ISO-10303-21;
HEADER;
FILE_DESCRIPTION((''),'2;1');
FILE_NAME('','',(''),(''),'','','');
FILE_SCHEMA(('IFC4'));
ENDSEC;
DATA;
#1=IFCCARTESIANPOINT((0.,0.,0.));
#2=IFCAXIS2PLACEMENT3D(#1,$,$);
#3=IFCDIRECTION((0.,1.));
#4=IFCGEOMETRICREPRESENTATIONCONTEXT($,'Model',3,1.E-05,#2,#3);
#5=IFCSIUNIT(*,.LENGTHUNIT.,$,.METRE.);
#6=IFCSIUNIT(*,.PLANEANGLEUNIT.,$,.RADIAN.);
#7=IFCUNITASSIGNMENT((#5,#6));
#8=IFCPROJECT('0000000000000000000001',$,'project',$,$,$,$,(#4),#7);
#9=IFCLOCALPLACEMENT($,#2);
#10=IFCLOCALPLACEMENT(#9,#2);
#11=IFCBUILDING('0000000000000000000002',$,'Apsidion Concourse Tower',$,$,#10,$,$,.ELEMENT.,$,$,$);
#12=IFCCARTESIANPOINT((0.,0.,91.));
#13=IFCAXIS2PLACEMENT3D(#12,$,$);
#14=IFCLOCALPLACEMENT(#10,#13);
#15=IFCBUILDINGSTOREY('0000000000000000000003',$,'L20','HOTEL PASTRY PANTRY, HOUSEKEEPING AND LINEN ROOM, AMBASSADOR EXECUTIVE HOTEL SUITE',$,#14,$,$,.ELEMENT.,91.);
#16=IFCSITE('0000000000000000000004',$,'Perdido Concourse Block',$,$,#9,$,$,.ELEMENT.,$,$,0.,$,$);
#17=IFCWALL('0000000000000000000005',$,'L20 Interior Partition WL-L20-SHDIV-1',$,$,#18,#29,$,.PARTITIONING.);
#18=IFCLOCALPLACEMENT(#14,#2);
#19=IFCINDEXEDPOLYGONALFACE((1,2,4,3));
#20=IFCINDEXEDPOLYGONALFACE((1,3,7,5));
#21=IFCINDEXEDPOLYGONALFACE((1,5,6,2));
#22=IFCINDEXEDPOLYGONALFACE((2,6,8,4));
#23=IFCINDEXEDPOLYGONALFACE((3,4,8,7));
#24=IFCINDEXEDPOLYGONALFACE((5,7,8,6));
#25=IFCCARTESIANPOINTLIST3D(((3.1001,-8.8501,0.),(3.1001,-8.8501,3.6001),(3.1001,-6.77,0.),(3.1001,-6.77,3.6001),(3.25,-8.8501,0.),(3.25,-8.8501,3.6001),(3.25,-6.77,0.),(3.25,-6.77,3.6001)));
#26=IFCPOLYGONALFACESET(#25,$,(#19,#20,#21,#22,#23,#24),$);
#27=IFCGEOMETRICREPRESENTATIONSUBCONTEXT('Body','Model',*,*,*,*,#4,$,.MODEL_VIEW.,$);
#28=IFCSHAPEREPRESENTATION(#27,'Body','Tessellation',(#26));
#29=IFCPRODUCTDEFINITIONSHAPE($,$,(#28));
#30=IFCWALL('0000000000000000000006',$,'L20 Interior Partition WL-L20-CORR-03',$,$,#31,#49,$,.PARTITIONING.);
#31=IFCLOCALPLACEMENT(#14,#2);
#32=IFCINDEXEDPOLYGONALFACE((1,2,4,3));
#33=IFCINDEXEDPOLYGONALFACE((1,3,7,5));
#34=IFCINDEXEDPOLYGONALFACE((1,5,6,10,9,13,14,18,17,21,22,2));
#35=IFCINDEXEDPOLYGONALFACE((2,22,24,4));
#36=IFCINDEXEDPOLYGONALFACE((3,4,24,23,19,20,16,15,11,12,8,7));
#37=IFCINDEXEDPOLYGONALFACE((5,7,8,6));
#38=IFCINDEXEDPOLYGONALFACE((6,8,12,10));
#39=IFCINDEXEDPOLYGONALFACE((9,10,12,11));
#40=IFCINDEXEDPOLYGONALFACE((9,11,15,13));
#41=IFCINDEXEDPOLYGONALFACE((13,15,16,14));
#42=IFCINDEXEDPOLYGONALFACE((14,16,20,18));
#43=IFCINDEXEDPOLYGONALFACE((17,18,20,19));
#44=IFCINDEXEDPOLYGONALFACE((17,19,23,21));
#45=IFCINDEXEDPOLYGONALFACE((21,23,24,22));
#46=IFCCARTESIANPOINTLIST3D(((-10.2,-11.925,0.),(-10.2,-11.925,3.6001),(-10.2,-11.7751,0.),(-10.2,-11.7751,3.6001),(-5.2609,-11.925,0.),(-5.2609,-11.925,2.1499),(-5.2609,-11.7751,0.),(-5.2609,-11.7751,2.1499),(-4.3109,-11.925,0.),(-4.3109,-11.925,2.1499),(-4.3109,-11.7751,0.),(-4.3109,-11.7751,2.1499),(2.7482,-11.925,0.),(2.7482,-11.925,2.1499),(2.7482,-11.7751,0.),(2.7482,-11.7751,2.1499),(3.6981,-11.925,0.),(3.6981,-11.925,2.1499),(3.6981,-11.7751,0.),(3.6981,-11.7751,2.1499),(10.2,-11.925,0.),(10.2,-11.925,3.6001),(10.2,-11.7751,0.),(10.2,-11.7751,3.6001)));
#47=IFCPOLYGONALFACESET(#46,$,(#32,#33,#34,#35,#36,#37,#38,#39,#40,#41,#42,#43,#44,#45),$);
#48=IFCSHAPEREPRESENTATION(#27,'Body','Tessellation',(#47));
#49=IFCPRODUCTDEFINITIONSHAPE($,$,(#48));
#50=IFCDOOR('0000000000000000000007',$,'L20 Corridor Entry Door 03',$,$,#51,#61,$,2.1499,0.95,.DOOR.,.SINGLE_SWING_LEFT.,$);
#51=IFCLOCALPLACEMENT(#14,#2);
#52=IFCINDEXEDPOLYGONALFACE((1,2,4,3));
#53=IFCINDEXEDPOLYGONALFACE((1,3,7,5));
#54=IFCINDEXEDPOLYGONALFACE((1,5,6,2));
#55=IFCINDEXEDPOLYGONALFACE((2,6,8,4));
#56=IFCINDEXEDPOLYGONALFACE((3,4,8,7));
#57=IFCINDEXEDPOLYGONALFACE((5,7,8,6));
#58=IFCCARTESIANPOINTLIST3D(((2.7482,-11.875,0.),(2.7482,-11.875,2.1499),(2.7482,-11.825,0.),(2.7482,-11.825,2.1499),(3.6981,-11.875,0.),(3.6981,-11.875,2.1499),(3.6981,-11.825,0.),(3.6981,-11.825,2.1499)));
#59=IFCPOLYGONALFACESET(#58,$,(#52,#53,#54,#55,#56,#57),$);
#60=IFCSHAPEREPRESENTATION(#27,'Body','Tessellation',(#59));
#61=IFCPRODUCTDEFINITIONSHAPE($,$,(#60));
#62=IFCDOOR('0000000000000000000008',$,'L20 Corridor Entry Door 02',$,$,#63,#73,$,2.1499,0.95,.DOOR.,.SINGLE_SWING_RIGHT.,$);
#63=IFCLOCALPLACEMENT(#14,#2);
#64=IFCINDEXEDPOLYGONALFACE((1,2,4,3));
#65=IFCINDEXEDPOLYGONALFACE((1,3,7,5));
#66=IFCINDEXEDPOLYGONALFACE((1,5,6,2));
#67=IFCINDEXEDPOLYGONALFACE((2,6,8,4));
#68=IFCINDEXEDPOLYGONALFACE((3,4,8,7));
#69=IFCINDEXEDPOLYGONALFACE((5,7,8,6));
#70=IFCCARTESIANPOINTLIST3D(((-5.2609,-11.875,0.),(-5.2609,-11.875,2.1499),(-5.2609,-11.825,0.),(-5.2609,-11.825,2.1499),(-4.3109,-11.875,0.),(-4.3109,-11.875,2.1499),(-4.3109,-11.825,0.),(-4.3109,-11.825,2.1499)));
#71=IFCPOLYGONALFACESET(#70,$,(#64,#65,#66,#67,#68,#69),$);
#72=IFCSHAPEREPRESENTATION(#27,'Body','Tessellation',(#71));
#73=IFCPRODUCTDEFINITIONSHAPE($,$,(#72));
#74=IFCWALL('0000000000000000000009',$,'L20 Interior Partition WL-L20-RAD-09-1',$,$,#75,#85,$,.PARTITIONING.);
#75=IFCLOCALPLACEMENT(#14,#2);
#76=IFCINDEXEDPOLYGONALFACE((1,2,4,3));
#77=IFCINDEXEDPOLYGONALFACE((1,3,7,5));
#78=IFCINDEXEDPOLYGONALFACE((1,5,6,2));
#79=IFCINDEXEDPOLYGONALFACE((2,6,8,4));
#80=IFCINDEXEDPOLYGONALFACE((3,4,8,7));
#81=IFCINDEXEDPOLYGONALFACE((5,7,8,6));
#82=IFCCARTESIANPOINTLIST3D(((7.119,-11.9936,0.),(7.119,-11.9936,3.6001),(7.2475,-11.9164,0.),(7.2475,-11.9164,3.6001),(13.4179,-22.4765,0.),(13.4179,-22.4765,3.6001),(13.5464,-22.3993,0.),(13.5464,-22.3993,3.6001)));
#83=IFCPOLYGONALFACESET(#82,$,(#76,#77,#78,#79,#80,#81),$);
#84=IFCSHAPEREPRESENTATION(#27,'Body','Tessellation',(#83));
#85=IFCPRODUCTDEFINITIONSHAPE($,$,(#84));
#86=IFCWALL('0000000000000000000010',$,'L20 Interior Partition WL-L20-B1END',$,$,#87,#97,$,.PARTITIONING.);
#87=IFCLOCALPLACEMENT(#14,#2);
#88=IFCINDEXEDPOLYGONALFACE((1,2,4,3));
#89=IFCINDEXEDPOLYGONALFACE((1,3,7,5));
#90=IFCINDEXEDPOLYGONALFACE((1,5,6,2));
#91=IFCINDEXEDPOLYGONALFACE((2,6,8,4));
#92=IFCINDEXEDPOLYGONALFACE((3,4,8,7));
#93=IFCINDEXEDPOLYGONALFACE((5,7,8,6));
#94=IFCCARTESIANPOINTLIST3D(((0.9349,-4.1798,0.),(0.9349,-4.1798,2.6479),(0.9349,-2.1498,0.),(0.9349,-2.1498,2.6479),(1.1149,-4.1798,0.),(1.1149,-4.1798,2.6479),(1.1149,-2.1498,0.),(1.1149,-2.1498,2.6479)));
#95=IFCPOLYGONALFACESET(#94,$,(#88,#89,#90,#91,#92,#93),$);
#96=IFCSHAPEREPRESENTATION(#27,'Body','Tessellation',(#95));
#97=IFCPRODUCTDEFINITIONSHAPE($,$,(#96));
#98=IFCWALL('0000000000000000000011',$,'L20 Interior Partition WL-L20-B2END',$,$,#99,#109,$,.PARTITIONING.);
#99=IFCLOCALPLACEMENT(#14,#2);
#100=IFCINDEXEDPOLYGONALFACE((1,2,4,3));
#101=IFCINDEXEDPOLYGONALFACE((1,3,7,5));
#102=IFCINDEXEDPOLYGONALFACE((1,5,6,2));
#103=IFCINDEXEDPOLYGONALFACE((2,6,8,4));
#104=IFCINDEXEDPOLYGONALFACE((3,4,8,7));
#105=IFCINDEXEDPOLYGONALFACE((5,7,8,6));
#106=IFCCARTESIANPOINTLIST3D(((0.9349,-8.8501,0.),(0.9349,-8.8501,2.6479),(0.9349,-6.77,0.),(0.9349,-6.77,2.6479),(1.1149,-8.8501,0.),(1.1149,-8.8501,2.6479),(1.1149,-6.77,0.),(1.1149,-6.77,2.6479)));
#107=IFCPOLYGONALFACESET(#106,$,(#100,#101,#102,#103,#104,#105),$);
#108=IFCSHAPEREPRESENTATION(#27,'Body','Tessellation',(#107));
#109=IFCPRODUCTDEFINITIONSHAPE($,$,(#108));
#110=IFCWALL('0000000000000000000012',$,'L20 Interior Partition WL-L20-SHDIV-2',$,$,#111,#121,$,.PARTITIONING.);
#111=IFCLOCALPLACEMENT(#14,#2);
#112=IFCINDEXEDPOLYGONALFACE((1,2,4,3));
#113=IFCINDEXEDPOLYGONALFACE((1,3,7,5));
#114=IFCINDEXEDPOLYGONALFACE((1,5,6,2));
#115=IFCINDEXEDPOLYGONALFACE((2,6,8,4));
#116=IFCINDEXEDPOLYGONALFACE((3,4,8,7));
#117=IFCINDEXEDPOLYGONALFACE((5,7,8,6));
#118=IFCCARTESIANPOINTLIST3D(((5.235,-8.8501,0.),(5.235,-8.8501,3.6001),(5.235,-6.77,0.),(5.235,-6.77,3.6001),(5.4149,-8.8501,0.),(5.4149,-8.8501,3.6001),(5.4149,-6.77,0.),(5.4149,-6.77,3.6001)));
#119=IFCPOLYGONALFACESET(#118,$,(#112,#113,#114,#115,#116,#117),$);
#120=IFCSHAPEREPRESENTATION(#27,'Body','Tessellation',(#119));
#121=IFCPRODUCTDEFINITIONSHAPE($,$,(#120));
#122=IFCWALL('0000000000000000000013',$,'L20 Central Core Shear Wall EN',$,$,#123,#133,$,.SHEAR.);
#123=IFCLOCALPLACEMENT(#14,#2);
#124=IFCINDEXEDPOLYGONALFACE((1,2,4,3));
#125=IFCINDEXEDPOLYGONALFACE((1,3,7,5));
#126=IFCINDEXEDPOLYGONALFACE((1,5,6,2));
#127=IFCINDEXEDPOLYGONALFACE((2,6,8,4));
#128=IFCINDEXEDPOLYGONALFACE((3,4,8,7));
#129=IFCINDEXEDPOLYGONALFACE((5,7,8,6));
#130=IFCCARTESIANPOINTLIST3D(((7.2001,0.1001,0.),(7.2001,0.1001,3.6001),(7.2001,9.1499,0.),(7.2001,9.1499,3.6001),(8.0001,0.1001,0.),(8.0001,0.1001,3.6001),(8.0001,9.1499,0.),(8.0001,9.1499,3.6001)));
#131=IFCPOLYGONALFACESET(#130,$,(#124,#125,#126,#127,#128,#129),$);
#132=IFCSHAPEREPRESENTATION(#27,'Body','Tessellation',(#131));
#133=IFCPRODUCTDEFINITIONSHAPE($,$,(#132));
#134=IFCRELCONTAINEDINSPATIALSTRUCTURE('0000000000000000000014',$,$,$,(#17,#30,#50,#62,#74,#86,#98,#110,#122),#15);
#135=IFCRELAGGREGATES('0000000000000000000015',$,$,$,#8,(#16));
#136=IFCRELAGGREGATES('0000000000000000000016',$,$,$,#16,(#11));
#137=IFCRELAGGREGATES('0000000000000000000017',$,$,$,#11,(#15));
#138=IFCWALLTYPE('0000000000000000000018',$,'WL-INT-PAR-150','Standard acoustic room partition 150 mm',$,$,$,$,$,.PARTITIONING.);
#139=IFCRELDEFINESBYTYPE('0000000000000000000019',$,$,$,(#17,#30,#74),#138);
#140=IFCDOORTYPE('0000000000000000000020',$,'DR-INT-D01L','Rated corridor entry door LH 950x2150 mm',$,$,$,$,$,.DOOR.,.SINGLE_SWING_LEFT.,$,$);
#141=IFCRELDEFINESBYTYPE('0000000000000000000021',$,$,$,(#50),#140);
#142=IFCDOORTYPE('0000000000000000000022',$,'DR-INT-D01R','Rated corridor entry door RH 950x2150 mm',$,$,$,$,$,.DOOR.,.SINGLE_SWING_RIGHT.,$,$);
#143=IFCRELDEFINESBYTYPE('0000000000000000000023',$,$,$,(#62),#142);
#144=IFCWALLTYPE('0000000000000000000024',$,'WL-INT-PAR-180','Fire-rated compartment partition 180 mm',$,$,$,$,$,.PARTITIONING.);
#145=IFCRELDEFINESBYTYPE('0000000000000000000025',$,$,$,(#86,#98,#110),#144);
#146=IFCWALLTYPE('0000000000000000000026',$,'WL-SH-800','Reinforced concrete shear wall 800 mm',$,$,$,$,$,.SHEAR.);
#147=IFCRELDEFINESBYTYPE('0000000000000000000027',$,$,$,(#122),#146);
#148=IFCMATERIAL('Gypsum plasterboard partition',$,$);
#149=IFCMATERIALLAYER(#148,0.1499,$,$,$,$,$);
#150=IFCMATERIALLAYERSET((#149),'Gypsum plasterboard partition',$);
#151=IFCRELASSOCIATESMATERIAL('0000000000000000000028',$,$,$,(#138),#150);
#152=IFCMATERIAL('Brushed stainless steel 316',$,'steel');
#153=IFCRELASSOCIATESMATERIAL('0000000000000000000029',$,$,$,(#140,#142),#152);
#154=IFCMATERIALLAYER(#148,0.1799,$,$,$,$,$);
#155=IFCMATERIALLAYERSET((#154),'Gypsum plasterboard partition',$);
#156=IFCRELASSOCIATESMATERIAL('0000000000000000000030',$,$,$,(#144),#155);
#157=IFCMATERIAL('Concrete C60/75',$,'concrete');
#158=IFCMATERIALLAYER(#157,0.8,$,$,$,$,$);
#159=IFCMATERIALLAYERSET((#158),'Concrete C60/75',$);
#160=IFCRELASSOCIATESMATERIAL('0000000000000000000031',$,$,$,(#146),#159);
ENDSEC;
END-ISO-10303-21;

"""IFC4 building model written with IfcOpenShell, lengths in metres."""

from ifc_helpers import new_model, si_unit, direction, frame, frame_2d, origin, place, context, subcontext, project, spatial, rectangle, extrude, material, layer, layer_set, type_object, element, fill, save


model = new_model("IFC4")

# Units and contexts
model_context = context("Model", 3, precision=1e-05, world=origin(), true_north=direction((0.0, 1.0)))
body_context = subcontext(model_context, "Body", "Model", "MODEL_VIEW")
ifc_project = project(units=[si_unit("LENGTHUNIT", "METRE"), si_unit("PLANEANGLEUNIT", "RADIAN")], contexts=[model_context])

# Site, building, storey
site_placement = place(None, origin())
site = spatial("IfcSite", under=ifc_project, at=site_placement, Name="Perdido Concourse Block", CompositionType="ELEMENT", RefElevation=0.0)
building_placement = place(site_placement, origin())
building = spatial("IfcBuilding", under=site, at=building_placement, Name="Apsidion Concourse Tower", CompositionType="ELEMENT")
storey_placement = place(building_placement, frame((0.0, 0.0, 91.0)))
storey = spatial("IfcBuildingStorey", under=building, at=storey_placement, Name="L20", Description="HOTEL PASTRY PANTRY, HOUSEKEEPING AND LINEN ROOM, AMBASSADOR EXECUTIVE HOTEL SUITE", CompositionType="ELEMENT", Elevation=91.0)

# Shared definitions
ifc_material_1 = material(Name="Concrete C60/75", Category="concrete")

# Wall
ifc_material_2 = material(Name="Gypsum plasterboard partition")
ifc_layer_1 = layer(ifc_material_2, 0.1499)
ifc_layer_set_1 = layer_set([ifc_layer_1], Name="Gypsum plasterboard partition")
wall_type_1 = type_object("IfcWallType", Name="WL-INT-PAR-150", Description="Standard acoustic room partition 150 mm", PredefinedType="PARTITIONING", material=ifc_layer_set_1)
wall_1_placement = place(storey_placement, frame((3.175, -8.8501, 0.0), z_axis=(0.0, 0.0, 1.0), x_axis=(0.0, 1.0, 0.0)))
element("IfcWall", 1, at=wall_1_placement, inside=storey, type_object=wall_type_1, Name="L20 Interior Partition WL-L20-SHDIV-1", PredefinedType="PARTITIONING", context=body_context, shape_type="SweptSolid", body=[
    extrude(rectangle(XDim=2.0801, YDim=0.1499, at=frame_2d((1.04, 0.0))), origin(), (0.0, 0.0, 1.0), 3.6001),
])

# Wall, openings, doors
wall_2_placement = place(storey_placement, frame((10.2, -11.8501, 0.0), z_axis=(0.0, 0.0, 1.0), x_axis=(-1.0, 0.0, 0.0)))
wall_2 = element("IfcWall", 2, at=wall_2_placement, inside=storey, type_object=wall_type_1, Name="L20 Interior Partition WL-L20-CORR-03", PredefinedType="PARTITIONING", context=body_context, shape_type="SweptSolid", body=[
    extrude(rectangle(XDim=20.3999, YDim=0.1499, at=frame_2d((10.2, 0.0))), origin(), (0.0, 0.0, 1.0), 3.6001),
])
opening_1_placement = place(wall_2_placement, frame((14.5107, 0.0, 0.0)))
opening_1 = element("IfcOpeningElement", 3, at=opening_1_placement, cuts=wall_2, PredefinedType="OPENING", context=body_context, shape_type="SweptSolid", body=[
    extrude(rectangle(XDim=0.95, YDim=2.1499, at=frame_2d((0.4751, 1.075))), frame((0.0, 0.085, 0.0), z_axis=(0.0, -1.0, 0.0), x_axis=(1.0, 0.0, 0.0)), (0.0, 0.0, 1.0), 0.1699),
])
opening_2_placement = place(wall_2_placement, frame((6.5017, 0.0, 0.0)))
opening_2 = element("IfcOpeningElement", 4, at=opening_2_placement, cuts=wall_2, PredefinedType="OPENING", context=body_context, shape_type="SweptSolid", body=[
    extrude(rectangle(XDim=0.95, YDim=2.1499, at=frame_2d((0.4751, 1.075))), frame((0.0, 0.085, 0.0), z_axis=(0.0, -1.0, 0.0), x_axis=(1.0, 0.0, 0.0)), (0.0, 0.0, 1.0), 0.1699),
])
ifc_material_3 = material(Name="Brushed stainless steel 316", Category="steel")
door_type_1 = type_object("IfcDoorType", Name="DR-INT-D01L", Description="Rated corridor entry door LH 950x2150 mm", OperationType="SINGLE_SWING_LEFT", PredefinedType="DOOR", material=ifc_material_3)
door_1_placement = place(opening_2_placement, origin())
door_1 = element("IfcDoor", 5, at=door_1_placement, inside=storey, type_object=door_type_1, Name="L20 Corridor Entry Door 03", OperationType="SINGLE_SWING_LEFT", OverallHeight=2.1499, OverallWidth=0.95, PredefinedType="DOOR", context=body_context, shape_type="SweptSolid", body=[
    extrude(rectangle(XDim=0.95, YDim=2.1499, at=frame_2d((0.4751, 1.075))), frame((0.0, 0.0249, 0.0), z_axis=(0.0, -1.0, 0.0), x_axis=(1.0, 0.0, 0.0)), (0.0, 0.0, 1.0), 0.05),
])
fill(opening_2, door_1)
door_type_2 = type_object("IfcDoorType", Name="DR-INT-D01R", Description="Rated corridor entry door RH 950x2150 mm", OperationType="SINGLE_SWING_RIGHT", PredefinedType="DOOR", material=ifc_material_3)
door_2_placement = place(opening_1_placement, origin())
door_2 = element("IfcDoor", 6, at=door_2_placement, inside=storey, type_object=door_type_2, Name="L20 Corridor Entry Door 02", OperationType="SINGLE_SWING_RIGHT", OverallHeight=2.1499, OverallWidth=0.95, PredefinedType="DOOR", context=body_context, shape_type="SweptSolid", body=[
    extrude(rectangle(XDim=0.95, YDim=2.1499, at=frame_2d((0.4751, 1.075))), frame((0.0, 0.0249, 0.0), z_axis=(0.0, -1.0, 0.0), x_axis=(1.0, 0.0, 0.0)), (0.0, 0.0, 1.0), 0.05),
])
fill(opening_1, door_2)

# Walls
wall_3_placement = place(storey_placement, frame((7.1833, -11.9551, 0.0), z_axis=(0.0, 0.0, 1.0), x_axis=(0.515042, -0.857165, 0.0)))
element("IfcWall", 7, at=wall_3_placement, inside=storey, type_object=wall_type_1, Name="L20 Interior Partition WL-L20-RAD-09-1", PredefinedType="PARTITIONING", context=body_context, shape_type="SweptSolid", body=[
    extrude(rectangle(XDim=12.2297, YDim=0.1499, at=frame_2d((6.1147, 0.0))), origin(), (0.0, 0.0, 1.0), 3.6001),
])
ifc_layer_2 = layer(ifc_material_2, 0.1799)
ifc_layer_set_2 = layer_set([ifc_layer_2], Name="Gypsum plasterboard partition")
wall_type_2 = type_object("IfcWallType", Name="WL-INT-PAR-180", Description="Fire-rated compartment partition 180 mm", PredefinedType="PARTITIONING", material=ifc_layer_set_2)
wall_4_placement = place(storey_placement, frame((1.0249, -4.1799, 0.0), z_axis=(0.0, 0.0, 1.0), x_axis=(0.0, 1.0, 0.0)))
element("IfcWall", 8, at=wall_4_placement, inside=storey, type_object=wall_type_2, Name="L20 Interior Partition WL-L20-B1END", PredefinedType="PARTITIONING", context=body_context, shape_type="SweptSolid", body=[
    extrude(rectangle(XDim=2.03, YDim=0.1799, at=frame_2d((1.0151, 0.0))), origin(), (0.0, 0.0, 1.0), 2.6479),
])
wall_5_placement = place(storey_placement, frame((1.0249, -8.8501, 0.0), z_axis=(0.0, 0.0, 1.0), x_axis=(0.0, 1.0, 0.0)))
element("IfcWall", 9, at=wall_5_placement, inside=storey, type_object=wall_type_2, Name="L20 Interior Partition WL-L20-B2END", PredefinedType="PARTITIONING", context=body_context, shape_type="SweptSolid", body=[
    extrude(rectangle(XDim=2.0801, YDim=0.1799, at=frame_2d((1.04, 0.0))), origin(), (0.0, 0.0, 1.0), 2.6479),
])
wall_6_placement = place(storey_placement, frame((5.325, -8.8501, 0.0), z_axis=(0.0, 0.0, 1.0), x_axis=(0.0, 1.0, 0.0)))
element("IfcWall", 10, at=wall_6_placement, inside=storey, type_object=wall_type_2, Name="L20 Interior Partition WL-L20-SHDIV-2", PredefinedType="PARTITIONING", context=body_context, shape_type="SweptSolid", body=[
    extrude(rectangle(XDim=2.0801, YDim=0.1799, at=frame_2d((1.04, 0.0))), origin(), (0.0, 0.0, 1.0), 3.6001),
])

# Wall
ifc_layer_3 = layer(ifc_material_1, 0.8)
ifc_layer_set_3 = layer_set([ifc_layer_3], Name="Concrete C60/75")
wall_type_3 = type_object("IfcWallType", Name="WL-SH-800", Description="Reinforced concrete shear wall 800 mm", PredefinedType="SHEAR", material=ifc_layer_set_3)
wall_7_placement = place(storey_placement, frame((7.6001, 0.1001, 0.0), z_axis=(0.0, 0.0, 1.0), x_axis=(0.0, 1.0, 0.0)))
element("IfcWall", 11, at=wall_7_placement, inside=storey, type_object=wall_type_3, Name="L20 Central Core Shear Wall EN", PredefinedType="SHEAR", context=body_context, shape_type="SweptSolid", body=[
    extrude(rectangle(XDim=9.0498, YDim=0.8, at=frame_2d((4.5249, 0.0))), origin(), (0.0, 0.0, 1.0), 3.6001),
])

save(model, "model.ifc")
